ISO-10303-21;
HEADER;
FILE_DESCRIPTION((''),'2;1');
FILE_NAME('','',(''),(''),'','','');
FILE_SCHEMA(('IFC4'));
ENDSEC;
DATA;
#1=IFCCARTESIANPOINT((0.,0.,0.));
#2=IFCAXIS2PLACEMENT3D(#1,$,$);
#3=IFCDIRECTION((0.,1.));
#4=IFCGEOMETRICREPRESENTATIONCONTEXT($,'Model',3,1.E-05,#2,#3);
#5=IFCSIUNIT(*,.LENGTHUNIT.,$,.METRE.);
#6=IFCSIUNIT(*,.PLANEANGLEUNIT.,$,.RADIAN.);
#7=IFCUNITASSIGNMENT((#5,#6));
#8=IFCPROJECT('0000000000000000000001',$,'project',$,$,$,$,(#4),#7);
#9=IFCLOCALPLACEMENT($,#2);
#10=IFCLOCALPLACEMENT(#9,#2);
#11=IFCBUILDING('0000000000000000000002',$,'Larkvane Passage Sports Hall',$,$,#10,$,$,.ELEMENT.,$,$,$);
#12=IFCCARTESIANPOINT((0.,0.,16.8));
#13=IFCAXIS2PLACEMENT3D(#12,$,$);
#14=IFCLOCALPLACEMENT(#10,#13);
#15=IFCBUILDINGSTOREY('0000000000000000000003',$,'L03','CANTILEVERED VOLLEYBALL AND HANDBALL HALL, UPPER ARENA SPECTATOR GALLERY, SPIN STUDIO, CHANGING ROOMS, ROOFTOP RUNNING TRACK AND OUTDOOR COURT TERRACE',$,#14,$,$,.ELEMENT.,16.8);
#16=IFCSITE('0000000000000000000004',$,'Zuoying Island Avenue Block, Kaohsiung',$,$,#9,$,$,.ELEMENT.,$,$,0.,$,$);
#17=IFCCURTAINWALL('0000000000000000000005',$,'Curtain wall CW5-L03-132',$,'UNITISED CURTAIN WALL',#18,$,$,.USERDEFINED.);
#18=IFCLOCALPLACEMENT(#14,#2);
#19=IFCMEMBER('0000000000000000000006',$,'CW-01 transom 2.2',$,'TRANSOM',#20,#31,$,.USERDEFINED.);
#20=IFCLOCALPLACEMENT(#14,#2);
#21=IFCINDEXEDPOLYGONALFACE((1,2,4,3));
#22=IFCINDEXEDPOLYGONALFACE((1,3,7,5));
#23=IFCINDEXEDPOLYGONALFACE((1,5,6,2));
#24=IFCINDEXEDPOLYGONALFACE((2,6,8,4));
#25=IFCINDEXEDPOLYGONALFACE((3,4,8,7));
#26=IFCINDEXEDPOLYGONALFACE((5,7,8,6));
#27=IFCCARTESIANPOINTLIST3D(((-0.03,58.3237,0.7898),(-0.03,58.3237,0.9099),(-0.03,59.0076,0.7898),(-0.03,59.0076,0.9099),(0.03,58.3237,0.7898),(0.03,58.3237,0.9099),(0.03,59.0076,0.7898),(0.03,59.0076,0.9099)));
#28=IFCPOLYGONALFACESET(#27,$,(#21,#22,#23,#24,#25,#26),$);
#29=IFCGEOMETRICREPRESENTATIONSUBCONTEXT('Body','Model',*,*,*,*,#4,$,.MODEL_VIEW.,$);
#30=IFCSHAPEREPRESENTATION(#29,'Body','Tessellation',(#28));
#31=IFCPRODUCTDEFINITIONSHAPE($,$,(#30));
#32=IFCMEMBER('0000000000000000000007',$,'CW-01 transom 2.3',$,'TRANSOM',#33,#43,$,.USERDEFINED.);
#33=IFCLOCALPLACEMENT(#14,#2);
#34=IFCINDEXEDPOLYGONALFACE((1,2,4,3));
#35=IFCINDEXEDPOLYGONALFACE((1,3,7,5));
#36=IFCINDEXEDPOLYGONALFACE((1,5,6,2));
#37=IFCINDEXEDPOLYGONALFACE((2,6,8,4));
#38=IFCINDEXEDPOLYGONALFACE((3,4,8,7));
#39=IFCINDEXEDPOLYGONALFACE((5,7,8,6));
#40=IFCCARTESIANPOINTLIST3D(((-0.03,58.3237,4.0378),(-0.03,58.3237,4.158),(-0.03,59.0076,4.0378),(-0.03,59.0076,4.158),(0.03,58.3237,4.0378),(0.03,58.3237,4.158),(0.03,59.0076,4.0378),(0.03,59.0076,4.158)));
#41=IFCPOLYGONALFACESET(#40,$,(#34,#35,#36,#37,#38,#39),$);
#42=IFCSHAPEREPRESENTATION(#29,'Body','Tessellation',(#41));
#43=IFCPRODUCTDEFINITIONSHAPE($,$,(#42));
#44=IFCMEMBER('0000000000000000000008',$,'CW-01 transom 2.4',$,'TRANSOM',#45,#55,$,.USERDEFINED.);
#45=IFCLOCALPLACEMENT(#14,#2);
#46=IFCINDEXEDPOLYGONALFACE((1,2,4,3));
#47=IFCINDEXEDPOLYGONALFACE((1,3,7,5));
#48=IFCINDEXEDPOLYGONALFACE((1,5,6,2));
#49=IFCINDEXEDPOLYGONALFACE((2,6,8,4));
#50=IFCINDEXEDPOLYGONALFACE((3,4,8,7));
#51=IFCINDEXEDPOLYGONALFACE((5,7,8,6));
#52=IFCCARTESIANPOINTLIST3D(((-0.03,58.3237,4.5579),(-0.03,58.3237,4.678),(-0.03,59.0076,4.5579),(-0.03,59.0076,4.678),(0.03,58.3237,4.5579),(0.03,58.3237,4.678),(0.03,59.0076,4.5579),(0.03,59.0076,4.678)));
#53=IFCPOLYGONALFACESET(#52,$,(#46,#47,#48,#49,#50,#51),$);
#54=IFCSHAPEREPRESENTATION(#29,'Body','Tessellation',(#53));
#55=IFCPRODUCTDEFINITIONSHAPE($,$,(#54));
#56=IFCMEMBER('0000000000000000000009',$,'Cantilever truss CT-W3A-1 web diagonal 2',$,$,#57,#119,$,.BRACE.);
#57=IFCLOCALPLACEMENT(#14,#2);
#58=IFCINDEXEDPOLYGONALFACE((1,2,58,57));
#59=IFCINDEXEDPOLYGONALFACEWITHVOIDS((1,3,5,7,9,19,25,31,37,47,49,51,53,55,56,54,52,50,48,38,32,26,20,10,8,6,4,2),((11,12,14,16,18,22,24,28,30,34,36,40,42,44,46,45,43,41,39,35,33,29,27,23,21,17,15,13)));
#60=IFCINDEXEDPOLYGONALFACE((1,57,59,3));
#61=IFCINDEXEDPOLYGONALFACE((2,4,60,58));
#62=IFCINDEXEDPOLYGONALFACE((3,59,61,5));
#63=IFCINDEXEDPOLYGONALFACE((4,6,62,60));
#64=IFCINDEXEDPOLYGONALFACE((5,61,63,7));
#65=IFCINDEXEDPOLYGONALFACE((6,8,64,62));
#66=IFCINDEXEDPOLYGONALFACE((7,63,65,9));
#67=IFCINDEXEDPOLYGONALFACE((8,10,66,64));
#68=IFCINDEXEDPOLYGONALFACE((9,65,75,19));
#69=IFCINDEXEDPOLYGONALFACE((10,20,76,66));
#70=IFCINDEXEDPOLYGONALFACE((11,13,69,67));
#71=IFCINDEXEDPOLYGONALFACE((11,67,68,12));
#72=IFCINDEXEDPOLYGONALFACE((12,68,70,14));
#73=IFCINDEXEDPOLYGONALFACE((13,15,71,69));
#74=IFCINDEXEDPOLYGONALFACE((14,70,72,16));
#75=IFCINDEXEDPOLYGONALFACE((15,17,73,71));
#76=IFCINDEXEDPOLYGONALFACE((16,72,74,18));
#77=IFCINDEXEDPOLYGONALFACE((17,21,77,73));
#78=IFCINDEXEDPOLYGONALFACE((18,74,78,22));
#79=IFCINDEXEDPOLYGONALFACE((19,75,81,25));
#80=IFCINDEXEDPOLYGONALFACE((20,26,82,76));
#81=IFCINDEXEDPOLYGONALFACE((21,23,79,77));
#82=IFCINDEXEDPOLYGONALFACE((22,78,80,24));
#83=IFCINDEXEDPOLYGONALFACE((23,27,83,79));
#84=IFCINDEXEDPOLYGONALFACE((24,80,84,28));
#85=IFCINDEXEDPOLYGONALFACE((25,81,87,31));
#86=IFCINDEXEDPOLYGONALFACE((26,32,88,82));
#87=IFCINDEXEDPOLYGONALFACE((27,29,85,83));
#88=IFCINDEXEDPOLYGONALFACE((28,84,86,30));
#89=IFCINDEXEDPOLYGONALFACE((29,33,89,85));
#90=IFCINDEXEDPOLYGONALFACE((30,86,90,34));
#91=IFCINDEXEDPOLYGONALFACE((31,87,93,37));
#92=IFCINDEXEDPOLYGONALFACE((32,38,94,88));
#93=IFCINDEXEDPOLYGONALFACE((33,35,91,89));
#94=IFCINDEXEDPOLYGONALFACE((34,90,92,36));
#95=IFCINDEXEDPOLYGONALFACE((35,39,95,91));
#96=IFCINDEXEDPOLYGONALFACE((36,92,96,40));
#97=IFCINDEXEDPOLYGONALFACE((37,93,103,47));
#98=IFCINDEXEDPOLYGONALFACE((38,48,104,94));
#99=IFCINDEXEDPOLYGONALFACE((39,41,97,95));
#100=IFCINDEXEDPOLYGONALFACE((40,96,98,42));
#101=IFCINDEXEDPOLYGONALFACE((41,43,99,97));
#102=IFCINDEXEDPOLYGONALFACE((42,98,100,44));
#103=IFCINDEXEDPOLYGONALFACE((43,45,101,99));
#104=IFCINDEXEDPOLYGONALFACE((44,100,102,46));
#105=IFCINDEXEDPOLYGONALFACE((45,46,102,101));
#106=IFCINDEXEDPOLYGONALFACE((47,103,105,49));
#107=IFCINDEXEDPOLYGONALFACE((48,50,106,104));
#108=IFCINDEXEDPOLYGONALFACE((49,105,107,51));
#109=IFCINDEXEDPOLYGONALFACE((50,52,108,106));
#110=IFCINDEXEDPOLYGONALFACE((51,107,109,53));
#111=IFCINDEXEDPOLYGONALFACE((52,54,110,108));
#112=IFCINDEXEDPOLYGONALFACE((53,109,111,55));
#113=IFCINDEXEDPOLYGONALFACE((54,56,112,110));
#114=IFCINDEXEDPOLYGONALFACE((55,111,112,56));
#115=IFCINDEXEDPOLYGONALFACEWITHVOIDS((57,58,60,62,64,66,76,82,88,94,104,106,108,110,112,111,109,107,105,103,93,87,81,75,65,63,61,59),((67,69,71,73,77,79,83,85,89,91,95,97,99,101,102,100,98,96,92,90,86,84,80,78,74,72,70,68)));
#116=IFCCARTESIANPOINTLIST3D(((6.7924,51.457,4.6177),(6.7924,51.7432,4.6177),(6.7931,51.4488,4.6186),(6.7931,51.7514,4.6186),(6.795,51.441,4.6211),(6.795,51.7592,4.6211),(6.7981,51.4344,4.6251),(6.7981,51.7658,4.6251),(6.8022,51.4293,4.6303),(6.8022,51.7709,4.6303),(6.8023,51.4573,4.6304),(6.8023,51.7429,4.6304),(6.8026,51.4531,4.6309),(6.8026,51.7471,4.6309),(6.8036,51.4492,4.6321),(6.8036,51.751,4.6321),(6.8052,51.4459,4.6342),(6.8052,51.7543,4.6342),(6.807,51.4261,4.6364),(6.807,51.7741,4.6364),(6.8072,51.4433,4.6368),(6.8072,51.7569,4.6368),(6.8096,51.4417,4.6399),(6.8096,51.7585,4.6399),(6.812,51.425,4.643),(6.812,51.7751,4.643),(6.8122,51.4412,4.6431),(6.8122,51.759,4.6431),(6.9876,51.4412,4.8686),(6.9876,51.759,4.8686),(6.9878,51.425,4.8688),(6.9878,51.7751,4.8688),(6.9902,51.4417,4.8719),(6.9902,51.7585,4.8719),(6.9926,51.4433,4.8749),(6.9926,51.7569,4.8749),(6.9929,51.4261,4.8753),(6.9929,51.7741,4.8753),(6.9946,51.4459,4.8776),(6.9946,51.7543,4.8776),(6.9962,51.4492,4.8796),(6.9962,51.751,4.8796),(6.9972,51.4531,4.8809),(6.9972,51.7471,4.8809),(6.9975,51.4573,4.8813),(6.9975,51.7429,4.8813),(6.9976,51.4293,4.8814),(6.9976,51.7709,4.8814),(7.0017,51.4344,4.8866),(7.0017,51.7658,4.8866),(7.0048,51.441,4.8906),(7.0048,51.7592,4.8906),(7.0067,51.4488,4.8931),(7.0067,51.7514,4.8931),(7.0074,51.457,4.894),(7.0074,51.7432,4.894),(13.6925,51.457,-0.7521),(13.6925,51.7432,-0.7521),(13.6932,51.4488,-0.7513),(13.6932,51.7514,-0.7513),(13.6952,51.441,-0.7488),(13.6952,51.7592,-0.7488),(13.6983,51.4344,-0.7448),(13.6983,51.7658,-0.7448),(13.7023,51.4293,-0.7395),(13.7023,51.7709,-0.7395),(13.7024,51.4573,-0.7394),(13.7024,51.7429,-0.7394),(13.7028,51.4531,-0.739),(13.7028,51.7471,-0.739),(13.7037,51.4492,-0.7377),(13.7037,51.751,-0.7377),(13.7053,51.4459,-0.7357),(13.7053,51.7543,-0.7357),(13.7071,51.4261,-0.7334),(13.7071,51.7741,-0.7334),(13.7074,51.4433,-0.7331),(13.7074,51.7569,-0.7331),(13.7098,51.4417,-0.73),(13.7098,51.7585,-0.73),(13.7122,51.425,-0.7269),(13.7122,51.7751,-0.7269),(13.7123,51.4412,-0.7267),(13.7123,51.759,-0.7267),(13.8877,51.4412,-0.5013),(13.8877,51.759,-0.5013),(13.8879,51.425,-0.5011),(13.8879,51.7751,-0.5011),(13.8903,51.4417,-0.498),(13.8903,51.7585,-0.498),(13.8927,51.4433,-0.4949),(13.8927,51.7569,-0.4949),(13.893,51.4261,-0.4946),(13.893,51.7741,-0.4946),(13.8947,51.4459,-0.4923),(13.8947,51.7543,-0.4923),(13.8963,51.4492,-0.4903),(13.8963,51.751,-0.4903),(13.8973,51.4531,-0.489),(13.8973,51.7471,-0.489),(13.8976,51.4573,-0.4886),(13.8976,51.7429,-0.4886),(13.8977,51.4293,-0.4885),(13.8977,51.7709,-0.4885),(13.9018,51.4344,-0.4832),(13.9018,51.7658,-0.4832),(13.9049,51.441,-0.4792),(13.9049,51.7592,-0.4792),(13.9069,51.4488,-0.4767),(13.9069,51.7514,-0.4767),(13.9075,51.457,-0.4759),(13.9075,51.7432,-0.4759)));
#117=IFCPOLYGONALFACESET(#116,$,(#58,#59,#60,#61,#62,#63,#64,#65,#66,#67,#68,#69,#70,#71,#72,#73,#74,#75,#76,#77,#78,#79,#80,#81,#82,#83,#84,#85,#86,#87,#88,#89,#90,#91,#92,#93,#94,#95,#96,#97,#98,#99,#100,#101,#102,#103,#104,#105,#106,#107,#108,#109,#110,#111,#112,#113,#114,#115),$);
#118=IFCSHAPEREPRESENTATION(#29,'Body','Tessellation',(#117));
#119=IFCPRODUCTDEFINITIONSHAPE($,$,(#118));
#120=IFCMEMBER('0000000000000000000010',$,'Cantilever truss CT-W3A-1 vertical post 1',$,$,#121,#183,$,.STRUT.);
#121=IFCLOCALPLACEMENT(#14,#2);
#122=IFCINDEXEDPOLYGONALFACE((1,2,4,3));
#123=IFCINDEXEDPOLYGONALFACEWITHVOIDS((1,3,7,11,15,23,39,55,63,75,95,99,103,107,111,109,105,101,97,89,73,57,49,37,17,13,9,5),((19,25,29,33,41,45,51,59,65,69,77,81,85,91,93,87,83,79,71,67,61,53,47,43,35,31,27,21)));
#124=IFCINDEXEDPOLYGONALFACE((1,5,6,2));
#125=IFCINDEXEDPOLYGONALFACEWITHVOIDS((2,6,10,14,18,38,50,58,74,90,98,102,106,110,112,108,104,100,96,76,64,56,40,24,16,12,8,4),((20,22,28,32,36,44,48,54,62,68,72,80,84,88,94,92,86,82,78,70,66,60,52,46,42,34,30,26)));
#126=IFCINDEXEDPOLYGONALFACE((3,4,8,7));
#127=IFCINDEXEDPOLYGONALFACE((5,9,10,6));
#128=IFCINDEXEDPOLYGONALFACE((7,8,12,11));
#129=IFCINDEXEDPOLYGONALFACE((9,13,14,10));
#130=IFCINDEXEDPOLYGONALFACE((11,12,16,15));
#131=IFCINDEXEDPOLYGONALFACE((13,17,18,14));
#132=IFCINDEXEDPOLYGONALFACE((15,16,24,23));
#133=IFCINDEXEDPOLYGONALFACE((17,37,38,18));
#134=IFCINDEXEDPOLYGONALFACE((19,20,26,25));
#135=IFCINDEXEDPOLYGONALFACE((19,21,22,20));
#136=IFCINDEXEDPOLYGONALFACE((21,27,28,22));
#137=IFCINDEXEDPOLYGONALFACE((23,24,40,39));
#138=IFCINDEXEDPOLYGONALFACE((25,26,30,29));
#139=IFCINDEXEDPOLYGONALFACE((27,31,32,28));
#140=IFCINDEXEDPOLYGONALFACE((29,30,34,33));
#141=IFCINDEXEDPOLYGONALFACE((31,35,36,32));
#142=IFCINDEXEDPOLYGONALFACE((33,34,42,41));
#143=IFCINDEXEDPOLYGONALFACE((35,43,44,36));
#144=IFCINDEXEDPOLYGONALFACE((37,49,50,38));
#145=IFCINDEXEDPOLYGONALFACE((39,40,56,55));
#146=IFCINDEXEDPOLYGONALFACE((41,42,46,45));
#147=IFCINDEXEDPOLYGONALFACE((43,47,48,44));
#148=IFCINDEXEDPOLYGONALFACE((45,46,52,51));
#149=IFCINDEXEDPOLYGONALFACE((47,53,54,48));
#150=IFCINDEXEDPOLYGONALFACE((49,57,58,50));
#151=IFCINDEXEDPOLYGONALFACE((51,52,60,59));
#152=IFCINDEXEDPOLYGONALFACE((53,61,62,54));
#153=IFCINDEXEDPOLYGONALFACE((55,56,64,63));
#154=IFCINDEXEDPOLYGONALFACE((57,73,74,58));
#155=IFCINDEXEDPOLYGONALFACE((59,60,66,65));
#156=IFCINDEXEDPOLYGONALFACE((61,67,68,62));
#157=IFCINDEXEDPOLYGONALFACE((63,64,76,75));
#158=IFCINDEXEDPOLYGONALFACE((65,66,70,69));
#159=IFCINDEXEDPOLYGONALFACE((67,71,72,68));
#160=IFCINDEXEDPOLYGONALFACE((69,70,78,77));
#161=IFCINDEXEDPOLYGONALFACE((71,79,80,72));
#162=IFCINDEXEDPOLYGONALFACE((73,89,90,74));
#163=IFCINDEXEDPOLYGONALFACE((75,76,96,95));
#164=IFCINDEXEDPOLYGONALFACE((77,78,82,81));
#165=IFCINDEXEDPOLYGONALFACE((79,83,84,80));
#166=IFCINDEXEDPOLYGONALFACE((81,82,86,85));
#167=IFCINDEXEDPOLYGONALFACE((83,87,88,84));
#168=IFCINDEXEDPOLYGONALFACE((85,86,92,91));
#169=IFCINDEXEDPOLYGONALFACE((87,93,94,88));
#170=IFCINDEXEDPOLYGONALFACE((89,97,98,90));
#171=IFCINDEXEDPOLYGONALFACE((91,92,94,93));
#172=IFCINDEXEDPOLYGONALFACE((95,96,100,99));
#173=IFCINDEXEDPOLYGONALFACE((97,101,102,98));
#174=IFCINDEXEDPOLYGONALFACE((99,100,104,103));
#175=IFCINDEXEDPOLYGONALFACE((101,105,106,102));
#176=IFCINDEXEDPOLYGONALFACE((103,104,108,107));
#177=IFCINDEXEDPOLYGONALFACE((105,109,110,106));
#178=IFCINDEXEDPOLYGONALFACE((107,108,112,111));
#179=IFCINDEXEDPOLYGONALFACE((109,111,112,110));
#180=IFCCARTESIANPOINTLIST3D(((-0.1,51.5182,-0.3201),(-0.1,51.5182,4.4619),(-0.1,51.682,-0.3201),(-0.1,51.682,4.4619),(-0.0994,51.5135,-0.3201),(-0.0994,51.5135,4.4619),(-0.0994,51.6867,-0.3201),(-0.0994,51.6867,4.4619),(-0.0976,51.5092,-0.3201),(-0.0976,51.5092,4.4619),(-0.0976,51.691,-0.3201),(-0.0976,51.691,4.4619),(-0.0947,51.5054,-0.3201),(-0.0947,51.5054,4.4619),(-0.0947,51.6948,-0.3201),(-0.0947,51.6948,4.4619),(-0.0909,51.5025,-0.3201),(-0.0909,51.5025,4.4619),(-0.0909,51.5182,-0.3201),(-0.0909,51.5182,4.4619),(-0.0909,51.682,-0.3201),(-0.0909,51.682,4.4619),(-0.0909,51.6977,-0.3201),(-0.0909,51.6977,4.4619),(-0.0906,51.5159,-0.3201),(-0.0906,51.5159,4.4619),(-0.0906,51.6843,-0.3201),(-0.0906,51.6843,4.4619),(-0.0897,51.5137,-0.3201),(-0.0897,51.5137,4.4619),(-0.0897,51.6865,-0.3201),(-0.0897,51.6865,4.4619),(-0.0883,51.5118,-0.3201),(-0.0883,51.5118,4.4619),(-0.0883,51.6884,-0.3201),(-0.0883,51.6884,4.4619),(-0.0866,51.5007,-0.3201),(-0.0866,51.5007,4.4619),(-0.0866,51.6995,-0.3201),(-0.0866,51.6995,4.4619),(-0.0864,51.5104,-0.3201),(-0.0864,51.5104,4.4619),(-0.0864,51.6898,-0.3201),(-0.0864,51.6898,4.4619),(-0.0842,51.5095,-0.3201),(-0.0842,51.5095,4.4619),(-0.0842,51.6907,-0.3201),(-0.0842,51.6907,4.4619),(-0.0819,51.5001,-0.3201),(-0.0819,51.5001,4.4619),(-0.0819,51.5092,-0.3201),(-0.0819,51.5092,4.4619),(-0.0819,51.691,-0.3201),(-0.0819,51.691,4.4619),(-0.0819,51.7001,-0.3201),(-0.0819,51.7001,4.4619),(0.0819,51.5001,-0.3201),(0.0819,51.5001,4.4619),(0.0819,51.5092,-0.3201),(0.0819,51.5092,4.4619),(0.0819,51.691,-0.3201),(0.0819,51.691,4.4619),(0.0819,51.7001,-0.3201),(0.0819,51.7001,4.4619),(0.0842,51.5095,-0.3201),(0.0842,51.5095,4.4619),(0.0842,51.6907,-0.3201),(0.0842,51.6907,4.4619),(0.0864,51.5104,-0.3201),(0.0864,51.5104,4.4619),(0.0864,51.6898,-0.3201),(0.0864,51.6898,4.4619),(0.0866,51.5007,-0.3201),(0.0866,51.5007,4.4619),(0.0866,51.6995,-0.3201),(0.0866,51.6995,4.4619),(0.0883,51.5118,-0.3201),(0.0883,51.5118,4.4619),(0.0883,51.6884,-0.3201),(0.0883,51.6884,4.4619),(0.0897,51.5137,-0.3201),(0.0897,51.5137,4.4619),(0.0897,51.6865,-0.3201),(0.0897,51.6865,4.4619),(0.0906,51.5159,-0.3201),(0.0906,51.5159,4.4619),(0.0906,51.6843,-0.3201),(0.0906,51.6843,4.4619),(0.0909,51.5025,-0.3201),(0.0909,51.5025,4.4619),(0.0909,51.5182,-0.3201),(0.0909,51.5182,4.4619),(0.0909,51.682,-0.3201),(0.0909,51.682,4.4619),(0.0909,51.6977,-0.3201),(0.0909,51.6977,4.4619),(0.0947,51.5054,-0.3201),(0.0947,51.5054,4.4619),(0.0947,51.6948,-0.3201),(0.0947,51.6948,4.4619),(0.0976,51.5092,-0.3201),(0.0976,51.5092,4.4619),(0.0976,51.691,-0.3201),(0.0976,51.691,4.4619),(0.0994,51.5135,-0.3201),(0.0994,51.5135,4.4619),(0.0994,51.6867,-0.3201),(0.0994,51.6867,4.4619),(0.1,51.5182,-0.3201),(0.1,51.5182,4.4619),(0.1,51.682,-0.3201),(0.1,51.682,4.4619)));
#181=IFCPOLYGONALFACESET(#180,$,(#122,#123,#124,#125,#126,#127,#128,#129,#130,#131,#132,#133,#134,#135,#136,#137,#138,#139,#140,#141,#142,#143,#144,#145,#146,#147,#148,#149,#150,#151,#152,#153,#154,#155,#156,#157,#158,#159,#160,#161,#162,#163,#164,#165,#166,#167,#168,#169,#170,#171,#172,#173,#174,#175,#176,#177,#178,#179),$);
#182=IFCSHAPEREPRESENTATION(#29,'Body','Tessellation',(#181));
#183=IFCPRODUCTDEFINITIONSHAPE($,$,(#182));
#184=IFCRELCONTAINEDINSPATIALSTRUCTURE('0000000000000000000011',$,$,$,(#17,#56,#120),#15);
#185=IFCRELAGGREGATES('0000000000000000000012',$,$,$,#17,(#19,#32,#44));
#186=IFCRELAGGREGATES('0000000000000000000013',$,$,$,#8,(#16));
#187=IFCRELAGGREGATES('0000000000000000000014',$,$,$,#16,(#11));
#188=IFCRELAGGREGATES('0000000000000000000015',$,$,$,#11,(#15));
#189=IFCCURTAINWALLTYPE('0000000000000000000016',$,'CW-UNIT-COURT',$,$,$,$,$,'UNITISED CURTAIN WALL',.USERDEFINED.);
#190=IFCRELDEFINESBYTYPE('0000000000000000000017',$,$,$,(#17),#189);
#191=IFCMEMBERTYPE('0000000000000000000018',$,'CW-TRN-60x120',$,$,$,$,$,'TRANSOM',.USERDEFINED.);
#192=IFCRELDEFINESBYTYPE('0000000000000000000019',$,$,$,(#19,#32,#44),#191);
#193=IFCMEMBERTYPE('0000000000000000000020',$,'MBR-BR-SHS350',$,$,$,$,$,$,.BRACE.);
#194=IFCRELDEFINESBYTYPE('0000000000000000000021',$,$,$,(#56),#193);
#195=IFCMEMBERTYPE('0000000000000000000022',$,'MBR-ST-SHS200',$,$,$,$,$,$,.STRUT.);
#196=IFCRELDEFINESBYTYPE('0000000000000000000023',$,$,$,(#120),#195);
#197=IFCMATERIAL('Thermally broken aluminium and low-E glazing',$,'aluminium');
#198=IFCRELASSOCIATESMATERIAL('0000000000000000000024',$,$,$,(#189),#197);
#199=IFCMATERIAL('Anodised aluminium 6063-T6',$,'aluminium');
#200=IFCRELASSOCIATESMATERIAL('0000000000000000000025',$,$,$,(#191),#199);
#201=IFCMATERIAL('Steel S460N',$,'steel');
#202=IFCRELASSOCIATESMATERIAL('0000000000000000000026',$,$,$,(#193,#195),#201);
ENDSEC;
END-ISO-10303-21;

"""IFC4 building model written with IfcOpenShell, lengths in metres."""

from ifc_helpers import new_model, si_unit, direction, frame, origin, origin_2d, place, context, subcontext, project, spatial, rectangle, hollow_rectangle, extrude, material, material_profile, profile_set, type_object, element, aggregate, save


model = new_model("IFC4")

# Units and contexts
model_context = context("Model", 3, precision=1e-05, world=origin(), true_north=direction((0.0, 1.0)))
body_context = subcontext(model_context, "Body", "Model", "MODEL_VIEW")
ifc_project = project(units=[si_unit("LENGTHUNIT", "METRE"), si_unit("PLANEANGLEUNIT", "RADIAN")], contexts=[model_context])

# Site, building, storey
site_placement = place(None, origin())
site = spatial("IfcSite", under=ifc_project, at=site_placement, Name="Zuoying Island Avenue Block, Kaohsiung", CompositionType="ELEMENT", RefElevation=0.0)
building_placement = place(site_placement, origin())
building = spatial("IfcBuilding", under=site, at=building_placement, Name="Larkvane Passage Sports Hall", CompositionType="ELEMENT")
storey_placement = place(building_placement, frame((0.0, 0.0, 16.8)))
storey = spatial("IfcBuildingStorey", under=building, at=storey_placement, Name="L03", Description="CANTILEVERED VOLLEYBALL AND HANDBALL HALL, UPPER ARENA SPECTATOR GALLERY, SPIN STUDIO, CHANGING ROOMS, ROOFTOP RUNNING TRACK AND OUTDOOR COURT TERRACE", CompositionType="ELEMENT", Elevation=16.8)

# Shared definitions
ifc_material_1 = material(Name="Steel S460N", Category="steel")

# Curtain wall, members
ifc_material_2 = material(Name="Thermally broken aluminium and low-E glazing", Category="aluminium")
curtain_wall_type = type_object("IfcCurtainWallType", Name="CW-UNIT-COURT", ElementType="UNITISED CURTAIN WALL", PredefinedType="USERDEFINED", material=ifc_material_2)
curtain_wall_placement = place(storey_placement, origin())
curtain_wall = element("IfcCurtainWall", 1, at=curtain_wall_placement, inside=storey, type_object=curtain_wall_type, Name="Curtain wall CW5-L03-132", ObjectType="UNITISED CURTAIN WALL", PredefinedType="USERDEFINED")
ifc_material_3 = material(Name="Anodised aluminium 6063-T6", Category="aluminium")
ifc_material_profile_1 = material_profile(ifc_material_3, rectangle(XDim=0.0601, YDim=0.1201, at=origin_2d()), Name="ALU-TRN-60x120")
ifc_profile_set_1 = profile_set([ifc_material_profile_1], Name="Anodised aluminium 6063-T6")
member_type_1 = type_object("IfcMemberType", Name="CW-TRN-60x120", ElementType="TRANSOM", PredefinedType="USERDEFINED", material=ifc_profile_set_1)
member_1_placement = place(storey_placement, frame((0.0, 58.3237, 0.8499), z_axis=(0.0, 1.0, 0.0), x_axis=(-1.0, 0.0, 0.0)))
member_1 = element("IfcMember", 2, at=member_1_placement, type_object=member_type_1, Name="CW-01 transom 2.2", ObjectType="TRANSOM", PredefinedType="USERDEFINED", context=body_context, shape_type="SweptSolid", body=[
    extrude(rectangle(XDim=0.0601, YDim=0.1201, at=origin_2d()), origin(), (0.0, 0.0, 1.0), 0.6838),
])
member_2_placement = place(storey_placement, frame((0.0, 58.3237, 4.0979), z_axis=(0.0, 1.0, 0.0), x_axis=(-1.0, 0.0, 0.0)))
member_2 = element("IfcMember", 3, at=member_2_placement, type_object=member_type_1, Name="CW-01 transom 2.3", ObjectType="TRANSOM", PredefinedType="USERDEFINED", context=body_context, shape_type="SweptSolid", body=[
    extrude(rectangle(XDim=0.0601, YDim=0.1201, at=origin_2d()), origin(), (0.0, 0.0, 1.0), 0.6838),
])
member_3_placement = place(storey_placement, frame((0.0, 58.3237, 4.6179), z_axis=(0.0, 1.0, 0.0), x_axis=(-1.0, 0.0, 0.0)))
member_3 = element("IfcMember", 4, at=member_3_placement, type_object=member_type_1, Name="CW-01 transom 2.4", ObjectType="TRANSOM", PredefinedType="USERDEFINED", context=body_context, shape_type="SweptSolid", body=[
    extrude(rectangle(XDim=0.0601, YDim=0.1201, at=origin_2d()), origin(), (0.0, 0.0, 1.0), 0.6838),
])

# Members
ifc_material_profile_2 = material_profile(ifc_material_1, hollow_rectangle(XDim=0.3501, YDim=0.3501, WallThickness=0.0161, InnerFilletRadius=0.0161, OuterFilletRadius=0.032, at=origin_2d()), Name="SHS-350x350x16")
ifc_profile_set_2 = profile_set([ifc_material_profile_2], Name="Steel S460N")
member_type_2 = type_object("IfcMemberType", Name="MBR-BR-SHS350", PredefinedType="BRACE", material=ifc_profile_set_2)
member_4_placement = place(storey_placement, frame((6.8999, 51.6001, 4.7559), z_axis=(0.789181, 0.0, -0.614161), x_axis=(0.0, 1.0, 0.0)))
element("IfcMember", 5, at=member_4_placement, inside=storey, type_object=member_type_2, Name="Cantilever truss CT-W3A-1 web diagonal 2", PredefinedType="BRACE", context=body_context, shape_type="SweptSolid", body=[
    extrude(hollow_rectangle(XDim=0.3501, YDim=0.3501, WallThickness=0.0161, InnerFilletRadius=0.0161, OuterFilletRadius=0.032, at=origin_2d()), origin(), (0.0, 0.0, 1.0), 8.7434),
])
ifc_material_profile_3 = material_profile(ifc_material_1, hollow_rectangle(XDim=0.2, YDim=0.2, WallThickness=0.009, InnerFilletRadius=0.009, OuterFilletRadius=0.0181, at=origin_2d()), Name="SHS-200x200x9")
ifc_profile_set_3 = profile_set([ifc_material_profile_3], Name="Steel S460N")
member_type_3 = type_object("IfcMemberType", Name="MBR-ST-SHS200", PredefinedType="STRUT", material=ifc_profile_set_3)
member_5_placement = place(storey_placement, frame((0.0, 51.6001, -0.3201), z_axis=(0.0, 0.0, 1.0), x_axis=(1.0, 0.0, 0.0)))
element("IfcMember", 6, at=member_5_placement, inside=storey, type_object=member_type_3, Name="Cantilever truss CT-W3A-1 vertical post 1", PredefinedType="STRUT", context=body_context, shape_type="SweptSolid", body=[
    extrude(hollow_rectangle(XDim=0.2, YDim=0.2, WallThickness=0.009, InnerFilletRadius=0.009, OuterFilletRadius=0.0181, at=origin_2d()), origin(), (0.0, 0.0, 1.0), 4.782),
])

aggregate(curtain_wall, [member_1, member_2, member_3])

save(model, "model.ifc")
